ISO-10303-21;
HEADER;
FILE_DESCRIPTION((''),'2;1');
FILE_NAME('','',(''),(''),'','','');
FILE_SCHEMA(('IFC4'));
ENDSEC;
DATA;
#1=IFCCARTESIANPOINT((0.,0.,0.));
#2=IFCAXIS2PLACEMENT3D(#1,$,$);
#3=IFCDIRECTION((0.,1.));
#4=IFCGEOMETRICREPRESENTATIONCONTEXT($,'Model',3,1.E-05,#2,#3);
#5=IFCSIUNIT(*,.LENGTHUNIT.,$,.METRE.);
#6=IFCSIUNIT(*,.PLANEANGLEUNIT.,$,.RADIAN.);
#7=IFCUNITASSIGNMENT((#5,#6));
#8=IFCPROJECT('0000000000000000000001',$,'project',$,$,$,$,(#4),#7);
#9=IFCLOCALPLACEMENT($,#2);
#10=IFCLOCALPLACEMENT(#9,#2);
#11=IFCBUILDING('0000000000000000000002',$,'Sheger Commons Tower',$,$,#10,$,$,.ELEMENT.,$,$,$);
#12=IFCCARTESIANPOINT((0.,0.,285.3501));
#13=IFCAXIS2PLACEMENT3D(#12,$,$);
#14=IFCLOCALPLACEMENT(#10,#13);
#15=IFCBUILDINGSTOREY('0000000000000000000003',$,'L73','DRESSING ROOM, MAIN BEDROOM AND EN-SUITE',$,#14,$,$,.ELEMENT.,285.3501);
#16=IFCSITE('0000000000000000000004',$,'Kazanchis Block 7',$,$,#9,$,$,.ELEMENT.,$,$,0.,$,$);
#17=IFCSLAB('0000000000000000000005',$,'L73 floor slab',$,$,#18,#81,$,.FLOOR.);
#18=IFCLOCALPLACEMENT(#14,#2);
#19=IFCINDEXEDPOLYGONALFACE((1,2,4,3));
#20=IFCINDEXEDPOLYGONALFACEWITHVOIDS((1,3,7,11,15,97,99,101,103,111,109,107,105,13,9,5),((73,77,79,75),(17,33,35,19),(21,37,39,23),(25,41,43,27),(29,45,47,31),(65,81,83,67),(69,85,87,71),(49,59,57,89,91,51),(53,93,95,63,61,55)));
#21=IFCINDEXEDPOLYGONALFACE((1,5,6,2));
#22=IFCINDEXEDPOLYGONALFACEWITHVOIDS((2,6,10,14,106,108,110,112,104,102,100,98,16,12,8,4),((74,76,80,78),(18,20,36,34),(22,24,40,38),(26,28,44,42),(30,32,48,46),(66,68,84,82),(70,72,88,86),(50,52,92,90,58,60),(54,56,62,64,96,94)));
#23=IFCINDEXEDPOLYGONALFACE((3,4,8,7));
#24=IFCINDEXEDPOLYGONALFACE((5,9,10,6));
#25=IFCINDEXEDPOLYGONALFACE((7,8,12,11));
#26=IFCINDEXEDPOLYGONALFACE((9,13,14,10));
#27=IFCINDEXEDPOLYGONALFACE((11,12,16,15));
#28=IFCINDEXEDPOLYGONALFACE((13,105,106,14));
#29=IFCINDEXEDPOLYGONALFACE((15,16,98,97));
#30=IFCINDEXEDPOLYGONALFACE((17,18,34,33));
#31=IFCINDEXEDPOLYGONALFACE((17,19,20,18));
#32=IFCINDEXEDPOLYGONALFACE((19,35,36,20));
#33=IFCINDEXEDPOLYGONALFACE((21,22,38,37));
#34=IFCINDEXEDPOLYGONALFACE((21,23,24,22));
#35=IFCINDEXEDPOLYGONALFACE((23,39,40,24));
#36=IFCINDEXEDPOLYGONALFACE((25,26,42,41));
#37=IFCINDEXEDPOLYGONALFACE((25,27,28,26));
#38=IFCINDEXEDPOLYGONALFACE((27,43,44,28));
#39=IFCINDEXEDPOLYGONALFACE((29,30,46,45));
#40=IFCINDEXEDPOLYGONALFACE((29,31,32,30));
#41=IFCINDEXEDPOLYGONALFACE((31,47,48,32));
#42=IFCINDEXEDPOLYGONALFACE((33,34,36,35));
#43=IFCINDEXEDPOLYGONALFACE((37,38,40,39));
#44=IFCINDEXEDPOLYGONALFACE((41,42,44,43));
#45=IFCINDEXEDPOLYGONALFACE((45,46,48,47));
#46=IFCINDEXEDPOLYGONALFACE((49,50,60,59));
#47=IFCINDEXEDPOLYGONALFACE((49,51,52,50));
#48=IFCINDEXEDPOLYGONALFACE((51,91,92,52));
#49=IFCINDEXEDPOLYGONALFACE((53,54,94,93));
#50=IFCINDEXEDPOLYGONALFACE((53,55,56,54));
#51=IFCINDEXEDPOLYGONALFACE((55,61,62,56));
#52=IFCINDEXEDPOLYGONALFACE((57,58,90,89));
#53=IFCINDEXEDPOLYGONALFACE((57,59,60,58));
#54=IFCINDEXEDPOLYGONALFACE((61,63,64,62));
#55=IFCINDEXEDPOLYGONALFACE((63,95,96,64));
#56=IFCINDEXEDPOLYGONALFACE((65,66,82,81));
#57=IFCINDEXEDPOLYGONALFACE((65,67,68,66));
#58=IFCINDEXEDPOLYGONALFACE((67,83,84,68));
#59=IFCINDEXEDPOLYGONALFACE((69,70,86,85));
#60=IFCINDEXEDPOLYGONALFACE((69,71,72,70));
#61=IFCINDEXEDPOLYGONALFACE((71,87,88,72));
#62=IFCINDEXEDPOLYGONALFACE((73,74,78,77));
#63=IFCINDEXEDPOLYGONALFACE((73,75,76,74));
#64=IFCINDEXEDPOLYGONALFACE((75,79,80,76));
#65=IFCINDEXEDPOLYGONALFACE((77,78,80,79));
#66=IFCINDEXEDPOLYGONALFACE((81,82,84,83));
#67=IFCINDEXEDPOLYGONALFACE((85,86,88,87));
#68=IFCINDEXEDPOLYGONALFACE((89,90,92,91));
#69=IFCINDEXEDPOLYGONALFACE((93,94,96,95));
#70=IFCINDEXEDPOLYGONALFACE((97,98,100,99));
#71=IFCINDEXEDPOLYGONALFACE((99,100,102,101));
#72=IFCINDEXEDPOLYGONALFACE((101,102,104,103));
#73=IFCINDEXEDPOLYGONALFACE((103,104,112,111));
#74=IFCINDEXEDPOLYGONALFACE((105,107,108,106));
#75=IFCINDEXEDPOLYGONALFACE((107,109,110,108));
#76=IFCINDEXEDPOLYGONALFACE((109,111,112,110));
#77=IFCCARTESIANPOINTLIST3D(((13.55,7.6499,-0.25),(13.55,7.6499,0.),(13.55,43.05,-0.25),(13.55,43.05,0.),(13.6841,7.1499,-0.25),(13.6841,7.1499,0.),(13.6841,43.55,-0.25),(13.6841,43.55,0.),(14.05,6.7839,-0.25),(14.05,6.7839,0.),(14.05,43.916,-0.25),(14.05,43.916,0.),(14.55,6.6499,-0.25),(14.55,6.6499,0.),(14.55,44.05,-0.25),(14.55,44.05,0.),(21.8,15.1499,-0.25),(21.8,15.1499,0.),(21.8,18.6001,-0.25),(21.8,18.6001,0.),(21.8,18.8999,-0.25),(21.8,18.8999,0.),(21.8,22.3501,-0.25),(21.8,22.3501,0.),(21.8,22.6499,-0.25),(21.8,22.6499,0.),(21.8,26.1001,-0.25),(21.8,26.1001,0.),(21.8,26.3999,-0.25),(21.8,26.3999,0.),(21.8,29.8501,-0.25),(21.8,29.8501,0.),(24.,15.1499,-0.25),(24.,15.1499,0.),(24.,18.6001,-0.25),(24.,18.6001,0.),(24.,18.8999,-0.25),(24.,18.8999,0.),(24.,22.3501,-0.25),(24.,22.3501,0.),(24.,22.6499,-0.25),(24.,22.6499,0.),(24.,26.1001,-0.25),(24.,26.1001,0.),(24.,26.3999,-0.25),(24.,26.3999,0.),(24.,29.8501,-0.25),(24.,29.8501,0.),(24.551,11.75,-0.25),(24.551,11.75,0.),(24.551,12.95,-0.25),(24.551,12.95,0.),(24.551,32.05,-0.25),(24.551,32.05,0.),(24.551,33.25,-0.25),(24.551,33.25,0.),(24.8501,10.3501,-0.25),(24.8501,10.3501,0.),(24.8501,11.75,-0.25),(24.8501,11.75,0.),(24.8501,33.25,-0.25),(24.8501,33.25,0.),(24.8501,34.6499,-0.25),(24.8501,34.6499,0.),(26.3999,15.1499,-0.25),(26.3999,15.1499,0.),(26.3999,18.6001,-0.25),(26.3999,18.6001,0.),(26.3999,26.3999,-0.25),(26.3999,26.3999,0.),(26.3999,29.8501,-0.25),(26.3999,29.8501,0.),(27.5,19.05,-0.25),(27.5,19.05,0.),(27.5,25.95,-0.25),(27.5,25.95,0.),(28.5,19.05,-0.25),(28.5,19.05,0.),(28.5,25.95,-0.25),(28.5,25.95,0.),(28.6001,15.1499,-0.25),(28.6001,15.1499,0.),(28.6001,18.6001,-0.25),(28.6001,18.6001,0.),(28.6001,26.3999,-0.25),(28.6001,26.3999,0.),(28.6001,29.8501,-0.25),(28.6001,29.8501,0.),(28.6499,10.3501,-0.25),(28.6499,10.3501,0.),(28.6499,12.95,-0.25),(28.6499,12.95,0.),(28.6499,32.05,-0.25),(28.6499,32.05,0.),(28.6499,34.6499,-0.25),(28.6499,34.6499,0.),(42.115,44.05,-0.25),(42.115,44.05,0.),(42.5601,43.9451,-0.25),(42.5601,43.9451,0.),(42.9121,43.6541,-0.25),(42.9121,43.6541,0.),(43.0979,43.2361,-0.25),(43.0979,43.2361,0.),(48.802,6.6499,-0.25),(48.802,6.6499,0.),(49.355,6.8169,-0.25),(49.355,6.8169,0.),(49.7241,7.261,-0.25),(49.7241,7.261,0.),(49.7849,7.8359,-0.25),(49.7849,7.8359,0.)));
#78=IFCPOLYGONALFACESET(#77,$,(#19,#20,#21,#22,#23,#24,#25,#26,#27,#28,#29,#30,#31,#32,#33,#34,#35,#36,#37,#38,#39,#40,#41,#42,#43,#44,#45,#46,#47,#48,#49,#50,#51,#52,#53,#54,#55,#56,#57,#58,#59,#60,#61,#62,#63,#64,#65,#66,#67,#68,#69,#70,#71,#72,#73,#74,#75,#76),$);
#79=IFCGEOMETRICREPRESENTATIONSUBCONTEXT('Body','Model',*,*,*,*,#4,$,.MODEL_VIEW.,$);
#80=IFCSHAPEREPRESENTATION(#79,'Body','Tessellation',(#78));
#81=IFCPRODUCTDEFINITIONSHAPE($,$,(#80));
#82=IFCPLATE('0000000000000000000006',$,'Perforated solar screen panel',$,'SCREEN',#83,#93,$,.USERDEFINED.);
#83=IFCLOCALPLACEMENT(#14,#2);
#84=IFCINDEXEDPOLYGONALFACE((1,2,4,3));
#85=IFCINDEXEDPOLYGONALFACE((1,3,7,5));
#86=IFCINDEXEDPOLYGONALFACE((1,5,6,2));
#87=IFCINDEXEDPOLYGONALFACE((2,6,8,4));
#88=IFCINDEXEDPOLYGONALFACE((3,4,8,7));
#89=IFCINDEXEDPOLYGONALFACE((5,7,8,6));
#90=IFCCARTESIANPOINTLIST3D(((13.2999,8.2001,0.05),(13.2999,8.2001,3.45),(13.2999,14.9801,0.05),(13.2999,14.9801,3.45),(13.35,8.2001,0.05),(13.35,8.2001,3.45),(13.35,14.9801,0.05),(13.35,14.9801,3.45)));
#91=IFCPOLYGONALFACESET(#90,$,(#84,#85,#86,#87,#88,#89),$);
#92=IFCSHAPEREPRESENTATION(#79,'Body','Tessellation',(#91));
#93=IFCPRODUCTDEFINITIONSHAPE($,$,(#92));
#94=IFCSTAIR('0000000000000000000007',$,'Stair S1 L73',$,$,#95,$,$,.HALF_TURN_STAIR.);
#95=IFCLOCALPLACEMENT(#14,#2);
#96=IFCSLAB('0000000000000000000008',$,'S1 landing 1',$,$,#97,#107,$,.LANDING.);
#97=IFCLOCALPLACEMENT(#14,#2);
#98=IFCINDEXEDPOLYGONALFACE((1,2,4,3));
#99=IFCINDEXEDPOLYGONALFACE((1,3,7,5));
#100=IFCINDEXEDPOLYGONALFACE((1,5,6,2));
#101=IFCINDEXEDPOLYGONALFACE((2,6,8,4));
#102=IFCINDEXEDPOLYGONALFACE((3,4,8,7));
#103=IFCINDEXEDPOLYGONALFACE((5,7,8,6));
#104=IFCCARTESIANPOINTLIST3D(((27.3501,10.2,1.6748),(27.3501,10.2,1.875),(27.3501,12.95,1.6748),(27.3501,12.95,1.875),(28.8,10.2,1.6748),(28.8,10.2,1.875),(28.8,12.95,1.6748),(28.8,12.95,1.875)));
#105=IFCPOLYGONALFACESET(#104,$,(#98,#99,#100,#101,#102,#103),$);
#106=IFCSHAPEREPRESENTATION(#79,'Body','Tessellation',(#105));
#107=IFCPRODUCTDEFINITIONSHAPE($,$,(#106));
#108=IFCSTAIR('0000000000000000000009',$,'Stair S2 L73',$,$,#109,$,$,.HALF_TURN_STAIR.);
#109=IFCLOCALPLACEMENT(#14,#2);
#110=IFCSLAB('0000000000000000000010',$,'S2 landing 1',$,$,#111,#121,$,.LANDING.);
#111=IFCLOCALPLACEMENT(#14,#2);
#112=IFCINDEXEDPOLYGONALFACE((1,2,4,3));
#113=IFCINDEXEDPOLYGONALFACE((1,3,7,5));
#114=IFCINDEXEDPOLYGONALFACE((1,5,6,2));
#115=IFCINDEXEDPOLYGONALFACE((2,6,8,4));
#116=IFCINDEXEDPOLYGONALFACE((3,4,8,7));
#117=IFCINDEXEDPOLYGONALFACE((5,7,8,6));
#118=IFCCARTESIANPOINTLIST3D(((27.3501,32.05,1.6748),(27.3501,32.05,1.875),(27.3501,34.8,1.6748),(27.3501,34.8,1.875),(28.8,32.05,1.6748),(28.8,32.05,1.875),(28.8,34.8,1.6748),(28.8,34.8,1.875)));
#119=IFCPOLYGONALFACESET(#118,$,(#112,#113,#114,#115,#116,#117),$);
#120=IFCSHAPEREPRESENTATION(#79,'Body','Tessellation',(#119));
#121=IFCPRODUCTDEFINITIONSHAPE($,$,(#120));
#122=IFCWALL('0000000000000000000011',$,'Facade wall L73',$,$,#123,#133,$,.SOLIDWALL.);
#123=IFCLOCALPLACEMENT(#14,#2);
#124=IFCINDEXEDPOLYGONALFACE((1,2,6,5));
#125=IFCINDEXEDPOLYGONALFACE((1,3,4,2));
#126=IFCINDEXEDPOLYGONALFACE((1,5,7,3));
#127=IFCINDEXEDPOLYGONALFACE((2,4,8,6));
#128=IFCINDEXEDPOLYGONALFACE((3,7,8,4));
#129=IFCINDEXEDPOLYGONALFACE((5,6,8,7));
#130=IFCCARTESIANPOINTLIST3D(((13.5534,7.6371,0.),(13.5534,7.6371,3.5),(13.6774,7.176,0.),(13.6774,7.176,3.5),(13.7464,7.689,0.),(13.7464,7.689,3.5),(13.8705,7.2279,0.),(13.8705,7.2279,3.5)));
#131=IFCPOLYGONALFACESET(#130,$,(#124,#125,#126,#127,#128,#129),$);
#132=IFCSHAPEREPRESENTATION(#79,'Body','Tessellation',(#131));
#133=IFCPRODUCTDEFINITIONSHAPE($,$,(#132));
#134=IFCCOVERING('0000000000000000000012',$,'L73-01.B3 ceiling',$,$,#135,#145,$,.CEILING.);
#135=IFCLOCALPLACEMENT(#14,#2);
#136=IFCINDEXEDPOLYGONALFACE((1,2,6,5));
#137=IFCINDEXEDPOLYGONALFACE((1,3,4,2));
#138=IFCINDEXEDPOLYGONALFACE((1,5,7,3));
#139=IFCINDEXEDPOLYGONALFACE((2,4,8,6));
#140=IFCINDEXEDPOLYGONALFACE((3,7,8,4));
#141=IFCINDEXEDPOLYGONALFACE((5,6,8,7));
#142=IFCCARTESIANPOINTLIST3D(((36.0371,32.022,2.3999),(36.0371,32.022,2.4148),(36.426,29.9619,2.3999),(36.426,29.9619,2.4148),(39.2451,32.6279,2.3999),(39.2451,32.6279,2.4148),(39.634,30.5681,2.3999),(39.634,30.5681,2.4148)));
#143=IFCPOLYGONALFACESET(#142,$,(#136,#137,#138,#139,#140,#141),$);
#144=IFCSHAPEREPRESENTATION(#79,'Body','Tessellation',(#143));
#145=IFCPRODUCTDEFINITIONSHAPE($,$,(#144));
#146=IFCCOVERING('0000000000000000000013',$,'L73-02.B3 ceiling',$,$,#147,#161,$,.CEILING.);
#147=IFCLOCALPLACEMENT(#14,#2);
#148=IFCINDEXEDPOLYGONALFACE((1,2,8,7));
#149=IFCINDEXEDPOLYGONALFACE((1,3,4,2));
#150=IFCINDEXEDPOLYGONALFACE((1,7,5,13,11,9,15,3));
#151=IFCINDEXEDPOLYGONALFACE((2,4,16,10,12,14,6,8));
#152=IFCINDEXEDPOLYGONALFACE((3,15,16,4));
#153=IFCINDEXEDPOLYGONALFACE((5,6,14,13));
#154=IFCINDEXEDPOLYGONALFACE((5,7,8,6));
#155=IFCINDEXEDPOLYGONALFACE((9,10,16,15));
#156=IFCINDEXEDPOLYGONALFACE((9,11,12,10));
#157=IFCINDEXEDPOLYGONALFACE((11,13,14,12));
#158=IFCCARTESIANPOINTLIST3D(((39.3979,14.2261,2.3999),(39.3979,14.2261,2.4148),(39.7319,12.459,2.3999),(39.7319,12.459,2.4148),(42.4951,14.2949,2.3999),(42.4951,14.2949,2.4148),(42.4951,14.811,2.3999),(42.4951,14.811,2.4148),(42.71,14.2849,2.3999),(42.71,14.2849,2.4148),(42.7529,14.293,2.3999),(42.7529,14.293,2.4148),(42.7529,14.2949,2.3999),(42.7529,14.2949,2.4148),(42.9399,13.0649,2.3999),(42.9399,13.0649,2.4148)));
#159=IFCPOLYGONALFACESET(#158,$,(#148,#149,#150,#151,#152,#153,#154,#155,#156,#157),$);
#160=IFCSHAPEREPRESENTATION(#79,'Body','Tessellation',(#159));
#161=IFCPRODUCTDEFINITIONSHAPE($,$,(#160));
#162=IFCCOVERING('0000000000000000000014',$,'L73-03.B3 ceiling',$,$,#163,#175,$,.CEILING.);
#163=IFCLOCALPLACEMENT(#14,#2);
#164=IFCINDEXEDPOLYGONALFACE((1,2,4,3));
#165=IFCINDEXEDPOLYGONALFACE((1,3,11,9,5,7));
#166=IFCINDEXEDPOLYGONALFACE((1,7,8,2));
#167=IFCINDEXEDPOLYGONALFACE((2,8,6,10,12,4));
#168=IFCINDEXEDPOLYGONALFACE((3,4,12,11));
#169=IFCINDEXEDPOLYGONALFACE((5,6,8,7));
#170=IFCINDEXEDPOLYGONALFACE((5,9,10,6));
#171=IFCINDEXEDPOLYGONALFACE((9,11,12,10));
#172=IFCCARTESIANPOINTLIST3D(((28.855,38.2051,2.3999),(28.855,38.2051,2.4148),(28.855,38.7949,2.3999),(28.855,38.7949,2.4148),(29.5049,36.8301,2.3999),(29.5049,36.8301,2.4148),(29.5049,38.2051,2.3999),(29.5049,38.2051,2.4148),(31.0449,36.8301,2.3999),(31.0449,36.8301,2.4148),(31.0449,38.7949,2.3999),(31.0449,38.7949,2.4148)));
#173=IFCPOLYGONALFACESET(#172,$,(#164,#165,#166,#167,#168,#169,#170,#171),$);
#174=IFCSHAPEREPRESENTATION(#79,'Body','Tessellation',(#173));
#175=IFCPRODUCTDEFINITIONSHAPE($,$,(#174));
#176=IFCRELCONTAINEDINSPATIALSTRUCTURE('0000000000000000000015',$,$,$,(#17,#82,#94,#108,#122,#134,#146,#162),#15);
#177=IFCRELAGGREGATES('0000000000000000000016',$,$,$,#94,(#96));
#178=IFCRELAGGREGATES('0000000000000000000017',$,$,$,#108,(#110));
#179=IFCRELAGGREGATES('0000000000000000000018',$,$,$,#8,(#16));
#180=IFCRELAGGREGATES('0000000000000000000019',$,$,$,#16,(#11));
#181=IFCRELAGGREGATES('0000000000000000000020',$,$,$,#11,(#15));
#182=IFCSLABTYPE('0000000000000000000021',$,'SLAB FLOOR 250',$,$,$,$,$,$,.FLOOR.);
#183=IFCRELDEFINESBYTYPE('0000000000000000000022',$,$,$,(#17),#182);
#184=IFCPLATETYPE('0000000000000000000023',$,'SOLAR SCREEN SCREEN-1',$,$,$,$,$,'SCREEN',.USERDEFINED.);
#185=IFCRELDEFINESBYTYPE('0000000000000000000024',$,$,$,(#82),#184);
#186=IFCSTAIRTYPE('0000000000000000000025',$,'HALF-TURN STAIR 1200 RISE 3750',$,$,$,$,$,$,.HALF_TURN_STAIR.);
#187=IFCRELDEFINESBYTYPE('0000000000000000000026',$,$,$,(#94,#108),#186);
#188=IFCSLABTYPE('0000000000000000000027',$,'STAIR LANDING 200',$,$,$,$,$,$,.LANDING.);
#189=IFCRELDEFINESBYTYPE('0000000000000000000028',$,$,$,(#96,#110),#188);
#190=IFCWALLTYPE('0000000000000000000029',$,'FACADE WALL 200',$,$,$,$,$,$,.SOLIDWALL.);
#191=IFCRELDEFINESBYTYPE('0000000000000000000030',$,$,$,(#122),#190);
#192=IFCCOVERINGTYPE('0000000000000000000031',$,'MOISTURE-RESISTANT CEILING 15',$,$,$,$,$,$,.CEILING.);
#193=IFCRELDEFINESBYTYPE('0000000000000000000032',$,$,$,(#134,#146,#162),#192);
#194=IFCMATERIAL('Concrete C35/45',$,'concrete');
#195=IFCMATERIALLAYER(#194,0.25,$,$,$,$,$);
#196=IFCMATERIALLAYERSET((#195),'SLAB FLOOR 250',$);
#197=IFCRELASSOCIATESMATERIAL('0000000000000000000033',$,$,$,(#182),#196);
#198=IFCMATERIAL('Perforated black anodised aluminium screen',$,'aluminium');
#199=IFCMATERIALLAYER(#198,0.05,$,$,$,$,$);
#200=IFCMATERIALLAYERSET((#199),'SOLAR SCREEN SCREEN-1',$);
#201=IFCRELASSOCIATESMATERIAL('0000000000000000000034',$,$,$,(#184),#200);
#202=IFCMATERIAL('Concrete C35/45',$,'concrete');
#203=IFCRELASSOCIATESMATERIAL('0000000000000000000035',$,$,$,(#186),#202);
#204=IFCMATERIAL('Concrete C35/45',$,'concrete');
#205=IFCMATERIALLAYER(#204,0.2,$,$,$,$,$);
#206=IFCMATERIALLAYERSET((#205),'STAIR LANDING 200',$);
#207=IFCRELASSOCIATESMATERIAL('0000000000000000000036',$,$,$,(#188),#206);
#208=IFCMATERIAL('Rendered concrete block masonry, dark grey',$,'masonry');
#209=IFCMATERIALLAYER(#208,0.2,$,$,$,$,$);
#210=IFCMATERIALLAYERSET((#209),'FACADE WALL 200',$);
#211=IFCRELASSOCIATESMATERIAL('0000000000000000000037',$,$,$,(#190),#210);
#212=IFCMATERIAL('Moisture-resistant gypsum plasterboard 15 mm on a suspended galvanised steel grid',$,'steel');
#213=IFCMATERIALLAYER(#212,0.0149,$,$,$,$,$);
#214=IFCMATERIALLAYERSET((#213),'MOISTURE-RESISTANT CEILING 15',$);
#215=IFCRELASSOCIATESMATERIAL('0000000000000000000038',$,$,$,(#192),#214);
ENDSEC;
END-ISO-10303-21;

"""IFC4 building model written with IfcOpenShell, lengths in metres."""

from ifc_helpers import new_model, si_unit, direction, frame, frame_2d, origin, origin_2d, place, context, subcontext, project, spatial, polyline, rectangle, outline, extrude, material, layer, layer_set, type_object, element, aggregate, save


model = new_model("IFC4")

# Units and contexts
model_context = context("Model", 3, precision=1e-05, world=origin(), true_north=direction((0.0, 1.0)))
body_context = subcontext(model_context, "Body", "Model", "MODEL_VIEW")
ifc_project = project(units=[si_unit("LENGTHUNIT", "METRE"), si_unit("PLANEANGLEUNIT", "RADIAN")], contexts=[model_context])

# Site, building, storey
site_placement = place(None, origin())
site = spatial("IfcSite", under=ifc_project, at=site_placement, Name="Kazanchis Block 7", CompositionType="ELEMENT", RefElevation=0.0)
building_placement = place(site_placement, origin())
building = spatial("IfcBuilding", under=site, at=building_placement, Name="Sheger Commons Tower", CompositionType="ELEMENT")
storey_placement = place(building_placement, frame((0.0, 0.0, 285.3501)))
storey = spatial("IfcBuildingStorey", under=building, at=storey_placement, Name="L73", Description="DRESSING ROOM, MAIN BEDROOM AND EN-SUITE", CompositionType="ELEMENT", Elevation=285.3501)

# Slab
ifc_material_1 = material(Name="Concrete C35/45", Category="concrete")
ifc_layer_1 = layer(ifc_material_1, 0.25)
ifc_layer_set_1 = layer_set([ifc_layer_1], Name="SLAB FLOOR 250")
slab_type_1 = type_object("IfcSlabType", Name="SLAB FLOOR 250", PredefinedType="FLOOR", material=ifc_layer_set_1)
slab_1_placement = place(storey_placement, frame((0.0, 0.0, -0.25)))
element("IfcSlab", 1, at=slab_1_placement, inside=storey, type_object=slab_type_1, Name="L73 floor slab", PredefinedType="FLOOR", context=body_context, shape_type="SweptSolid", body=[
    extrude(outline(polyline([(13.55, 7.6499), (13.6841, 7.1499), (14.05, 6.7839), (14.55, 6.6499), (48.802, 6.6499), (49.355, 6.8169), (49.7241, 7.261), (49.7849, 7.8359), (43.0979, 43.2361), (42.9121, 43.6541), (42.5601, 43.9451), (42.115, 44.05), (14.55, 44.05), (14.05, 43.916), (13.6841, 43.55), (13.55, 43.05), (13.55, 7.6499)]), holes=[polyline([(24.8501, 10.3501), (28.6499, 10.3501), (28.6499, 12.95), (24.551, 12.95), (24.551, 11.75), (24.8501, 11.75), (24.8501, 10.3501)]), polyline([(24.551, 32.05), (28.6499, 32.05), (28.6499, 34.6499), (24.8501, 34.6499), (24.8501, 33.25), (24.551, 33.25), (24.551, 32.05)]), polyline([(26.3999, 15.1499), (28.6001, 15.1499), (28.6001, 18.6001), (26.3999, 18.6001), (26.3999, 15.1499)]), polyline([(26.3999, 26.3999), (28.6001, 26.3999), (28.6001, 29.8501), (26.3999, 29.8501), (26.3999, 26.3999)]), polyline([(21.8, 15.1499), (24.0, 15.1499), (24.0, 18.6001), (21.8, 18.6001), (21.8, 15.1499)]), polyline([(21.8, 18.8999), (24.0, 18.8999), (24.0, 22.3501), (21.8, 22.3501), (21.8, 18.8999)]), polyline([(21.8, 22.6499), (24.0, 22.6499), (24.0, 26.1001), (21.8, 26.1001), (21.8, 22.6499)]), polyline([(21.8, 26.3999), (24.0, 26.3999), (24.0, 29.8501), (21.8, 29.8501), (21.8, 26.3999)]), polyline([(27.5, 19.05), (28.5, 19.05), (28.5, 25.95), (27.5, 25.95), (27.5, 19.05)])]), origin(), (0.0, 0.0, 1.0), 0.25),
])

# Plate
ifc_material_2 = material(Name="Perforated black anodised aluminium screen", Category="aluminium")
ifc_layer_2 = layer(ifc_material_2, 0.05)
ifc_layer_set_2 = layer_set([ifc_layer_2], Name="SOLAR SCREEN SCREEN-1")
plate_type = type_object("IfcPlateType", Name="SOLAR SCREEN SCREEN-1", ElementType="SCREEN", PredefinedType="USERDEFINED", material=ifc_layer_set_2)
plate_placement = place(storey_placement, frame((13.325, 11.5901, 0.05), z_axis=(0.0, 0.0, 1.0), x_axis=(0.0, -1.0, 0.0)))
element("IfcPlate", 2, at=plate_placement, inside=storey, type_object=plate_type, Name="Perforated solar screen panel", ObjectType="SCREEN", PredefinedType="USERDEFINED", context=body_context, shape_type="SweptSolid", body=[
    extrude(rectangle(XDim=6.78, YDim=0.05, at=origin_2d()), origin(), (0.0, 0.0, 1.0), 3.3999),
])

# Stairs, slabs
ifc_material_3 = material(Name="Concrete C35/45", Category="concrete")
stair_type = type_object("IfcStairType", Name="HALF-TURN STAIR 1200 RISE 3750", PredefinedType="HALF_TURN_STAIR", material=ifc_material_3)
stair_1_placement = place(storey_placement, origin())
stair_1 = element("IfcStair", 3, at=stair_1_placement, inside=storey, type_object=stair_type, Name="Stair S1 L73", PredefinedType="HALF_TURN_STAIR")
ifc_material_4 = material(Name="Concrete C35/45", Category="concrete")
ifc_layer_3 = layer(ifc_material_4, 0.2)
ifc_layer_set_3 = layer_set([ifc_layer_3], Name="STAIR LANDING 200")
slab_type_2 = type_object("IfcSlabType", Name="STAIR LANDING 200", PredefinedType="LANDING", material=ifc_layer_set_3)
slab_2_placement = place(storey_placement, frame((0.0, 0.0, 1.6748)))
slab_2 = element("IfcSlab", 4, at=slab_2_placement, type_object=slab_type_2, Name="S1 landing 1", PredefinedType="LANDING", context=body_context, shape_type="SweptSolid", body=[
    extrude(outline(polyline([(27.3501, 10.2), (28.8, 10.2), (28.8, 12.95), (27.3501, 12.95), (27.3501, 10.2)])), origin(), (0.0, 0.0, 1.0), 0.2002),
])
aggregate(stair_1, [slab_2])
stair_2_placement = place(storey_placement, origin())
stair_2 = element("IfcStair", 5, at=stair_2_placement, inside=storey, type_object=stair_type, Name="Stair S2 L73", PredefinedType="HALF_TURN_STAIR")
slab_3_placement = place(storey_placement, frame((0.0, 0.0, 1.6748)))
slab_3 = element("IfcSlab", 6, at=slab_3_placement, type_object=slab_type_2, Name="S2 landing 1", PredefinedType="LANDING", context=body_context, shape_type="SweptSolid", body=[
    extrude(outline(polyline([(27.3501, 32.05), (28.8, 32.05), (28.8, 34.8), (27.3501, 34.8), (27.3501, 32.05)])), origin(), (0.0, 0.0, 1.0), 0.2002),
])
aggregate(stair_2, [slab_3])

# Wall
ifc_material_5 = material(Name="Rendered concrete block masonry, dark grey", Category="masonry")
ifc_layer_4 = layer(ifc_material_5, 0.2)
ifc_layer_set_4 = layer_set([ifc_layer_4], Name="FACADE WALL 200")
wall_type = type_object("IfcWallType", Name="FACADE WALL 200", PredefinedType="SOLIDWALL", material=ifc_layer_set_4)
wall_placement = place(storey_placement, frame((13.6499, 7.6631, 0.0), z_axis=(0.0, 0.0, 1.0), x_axis=(0.259698, -0.96569, 0.0)))
element("IfcWall", 7, at=wall_placement, inside=storey, type_object=wall_type, Name="Facade wall L73", PredefinedType="SOLIDWALL", context=body_context, shape_type="SweptSolid", body=[
    extrude(rectangle(XDim=0.4775, YDim=0.2, at=frame_2d((0.2388, 0.0))), origin(), (0.0, 0.0, 1.0), 3.5),
])

# Coverings
ifc_material_6 = material(Name="Moisture-resistant gypsum plasterboard 15 mm on a suspended galvanised steel grid", Category="steel")
ifc_layer_5 = layer(ifc_material_6, 0.0149)
ifc_layer_set_5 = layer_set([ifc_layer_5], Name="MOISTURE-RESISTANT CEILING 15")
covering_type_1 = type_object("IfcCoveringType", Name="MOISTURE-RESISTANT CEILING 15", PredefinedType="CEILING", material=ifc_layer_set_5)
covering_1_placement = place(storey_placement, frame((0.0, 0.0, 2.3999)))
element("IfcCovering", 8, at=covering_1_placement, inside=storey, type_object=covering_type_1, Name="L73-01.B3 ceiling", PredefinedType="CEILING", context=body_context, shape_type="SweptSolid", body=[
    extrude(outline(polyline([(36.426, 29.9619), (39.634, 30.5681), (39.2451, 32.6279), (36.0371, 32.022), (36.426, 29.9619)])), origin(), (0.0, 0.0, 1.0), 0.0149),
])
covering_2_placement = place(storey_placement, frame((0.0, 0.0, 2.3999)))
element("IfcCovering", 9, at=covering_2_placement, inside=storey, type_object=covering_type_1, Name="L73-02.B3 ceiling", PredefinedType="CEILING", context=body_context, shape_type="SweptSolid", body=[
    extrude(outline(polyline([(39.7319, 12.459), (42.9399, 13.0649), (42.71, 14.2849), (42.7529, 14.293), (42.7529, 14.2949), (42.4951, 14.2949), (42.4951, 14.811), (39.3979, 14.2261), (39.7319, 12.459)])), origin(), (0.0, 0.0, 1.0), 0.0149),
])
covering_3_placement = place(storey_placement, frame((0.0, 0.0, 2.3999)))
element("IfcCovering", 10, at=covering_3_placement, inside=storey, type_object=covering_type_1, Name="L73-03.B3 ceiling", PredefinedType="CEILING", context=body_context, shape_type="SweptSolid", body=[
    extrude(outline(polyline([(29.5049, 36.8301), (31.0449, 36.8301), (31.0449, 38.7949), (28.855, 38.7949), (28.855, 38.2051), (29.5049, 38.2051), (29.5049, 36.8301)])), origin(), (0.0, 0.0, 1.0), 0.0149),
])

save(model, "model.ifc")
